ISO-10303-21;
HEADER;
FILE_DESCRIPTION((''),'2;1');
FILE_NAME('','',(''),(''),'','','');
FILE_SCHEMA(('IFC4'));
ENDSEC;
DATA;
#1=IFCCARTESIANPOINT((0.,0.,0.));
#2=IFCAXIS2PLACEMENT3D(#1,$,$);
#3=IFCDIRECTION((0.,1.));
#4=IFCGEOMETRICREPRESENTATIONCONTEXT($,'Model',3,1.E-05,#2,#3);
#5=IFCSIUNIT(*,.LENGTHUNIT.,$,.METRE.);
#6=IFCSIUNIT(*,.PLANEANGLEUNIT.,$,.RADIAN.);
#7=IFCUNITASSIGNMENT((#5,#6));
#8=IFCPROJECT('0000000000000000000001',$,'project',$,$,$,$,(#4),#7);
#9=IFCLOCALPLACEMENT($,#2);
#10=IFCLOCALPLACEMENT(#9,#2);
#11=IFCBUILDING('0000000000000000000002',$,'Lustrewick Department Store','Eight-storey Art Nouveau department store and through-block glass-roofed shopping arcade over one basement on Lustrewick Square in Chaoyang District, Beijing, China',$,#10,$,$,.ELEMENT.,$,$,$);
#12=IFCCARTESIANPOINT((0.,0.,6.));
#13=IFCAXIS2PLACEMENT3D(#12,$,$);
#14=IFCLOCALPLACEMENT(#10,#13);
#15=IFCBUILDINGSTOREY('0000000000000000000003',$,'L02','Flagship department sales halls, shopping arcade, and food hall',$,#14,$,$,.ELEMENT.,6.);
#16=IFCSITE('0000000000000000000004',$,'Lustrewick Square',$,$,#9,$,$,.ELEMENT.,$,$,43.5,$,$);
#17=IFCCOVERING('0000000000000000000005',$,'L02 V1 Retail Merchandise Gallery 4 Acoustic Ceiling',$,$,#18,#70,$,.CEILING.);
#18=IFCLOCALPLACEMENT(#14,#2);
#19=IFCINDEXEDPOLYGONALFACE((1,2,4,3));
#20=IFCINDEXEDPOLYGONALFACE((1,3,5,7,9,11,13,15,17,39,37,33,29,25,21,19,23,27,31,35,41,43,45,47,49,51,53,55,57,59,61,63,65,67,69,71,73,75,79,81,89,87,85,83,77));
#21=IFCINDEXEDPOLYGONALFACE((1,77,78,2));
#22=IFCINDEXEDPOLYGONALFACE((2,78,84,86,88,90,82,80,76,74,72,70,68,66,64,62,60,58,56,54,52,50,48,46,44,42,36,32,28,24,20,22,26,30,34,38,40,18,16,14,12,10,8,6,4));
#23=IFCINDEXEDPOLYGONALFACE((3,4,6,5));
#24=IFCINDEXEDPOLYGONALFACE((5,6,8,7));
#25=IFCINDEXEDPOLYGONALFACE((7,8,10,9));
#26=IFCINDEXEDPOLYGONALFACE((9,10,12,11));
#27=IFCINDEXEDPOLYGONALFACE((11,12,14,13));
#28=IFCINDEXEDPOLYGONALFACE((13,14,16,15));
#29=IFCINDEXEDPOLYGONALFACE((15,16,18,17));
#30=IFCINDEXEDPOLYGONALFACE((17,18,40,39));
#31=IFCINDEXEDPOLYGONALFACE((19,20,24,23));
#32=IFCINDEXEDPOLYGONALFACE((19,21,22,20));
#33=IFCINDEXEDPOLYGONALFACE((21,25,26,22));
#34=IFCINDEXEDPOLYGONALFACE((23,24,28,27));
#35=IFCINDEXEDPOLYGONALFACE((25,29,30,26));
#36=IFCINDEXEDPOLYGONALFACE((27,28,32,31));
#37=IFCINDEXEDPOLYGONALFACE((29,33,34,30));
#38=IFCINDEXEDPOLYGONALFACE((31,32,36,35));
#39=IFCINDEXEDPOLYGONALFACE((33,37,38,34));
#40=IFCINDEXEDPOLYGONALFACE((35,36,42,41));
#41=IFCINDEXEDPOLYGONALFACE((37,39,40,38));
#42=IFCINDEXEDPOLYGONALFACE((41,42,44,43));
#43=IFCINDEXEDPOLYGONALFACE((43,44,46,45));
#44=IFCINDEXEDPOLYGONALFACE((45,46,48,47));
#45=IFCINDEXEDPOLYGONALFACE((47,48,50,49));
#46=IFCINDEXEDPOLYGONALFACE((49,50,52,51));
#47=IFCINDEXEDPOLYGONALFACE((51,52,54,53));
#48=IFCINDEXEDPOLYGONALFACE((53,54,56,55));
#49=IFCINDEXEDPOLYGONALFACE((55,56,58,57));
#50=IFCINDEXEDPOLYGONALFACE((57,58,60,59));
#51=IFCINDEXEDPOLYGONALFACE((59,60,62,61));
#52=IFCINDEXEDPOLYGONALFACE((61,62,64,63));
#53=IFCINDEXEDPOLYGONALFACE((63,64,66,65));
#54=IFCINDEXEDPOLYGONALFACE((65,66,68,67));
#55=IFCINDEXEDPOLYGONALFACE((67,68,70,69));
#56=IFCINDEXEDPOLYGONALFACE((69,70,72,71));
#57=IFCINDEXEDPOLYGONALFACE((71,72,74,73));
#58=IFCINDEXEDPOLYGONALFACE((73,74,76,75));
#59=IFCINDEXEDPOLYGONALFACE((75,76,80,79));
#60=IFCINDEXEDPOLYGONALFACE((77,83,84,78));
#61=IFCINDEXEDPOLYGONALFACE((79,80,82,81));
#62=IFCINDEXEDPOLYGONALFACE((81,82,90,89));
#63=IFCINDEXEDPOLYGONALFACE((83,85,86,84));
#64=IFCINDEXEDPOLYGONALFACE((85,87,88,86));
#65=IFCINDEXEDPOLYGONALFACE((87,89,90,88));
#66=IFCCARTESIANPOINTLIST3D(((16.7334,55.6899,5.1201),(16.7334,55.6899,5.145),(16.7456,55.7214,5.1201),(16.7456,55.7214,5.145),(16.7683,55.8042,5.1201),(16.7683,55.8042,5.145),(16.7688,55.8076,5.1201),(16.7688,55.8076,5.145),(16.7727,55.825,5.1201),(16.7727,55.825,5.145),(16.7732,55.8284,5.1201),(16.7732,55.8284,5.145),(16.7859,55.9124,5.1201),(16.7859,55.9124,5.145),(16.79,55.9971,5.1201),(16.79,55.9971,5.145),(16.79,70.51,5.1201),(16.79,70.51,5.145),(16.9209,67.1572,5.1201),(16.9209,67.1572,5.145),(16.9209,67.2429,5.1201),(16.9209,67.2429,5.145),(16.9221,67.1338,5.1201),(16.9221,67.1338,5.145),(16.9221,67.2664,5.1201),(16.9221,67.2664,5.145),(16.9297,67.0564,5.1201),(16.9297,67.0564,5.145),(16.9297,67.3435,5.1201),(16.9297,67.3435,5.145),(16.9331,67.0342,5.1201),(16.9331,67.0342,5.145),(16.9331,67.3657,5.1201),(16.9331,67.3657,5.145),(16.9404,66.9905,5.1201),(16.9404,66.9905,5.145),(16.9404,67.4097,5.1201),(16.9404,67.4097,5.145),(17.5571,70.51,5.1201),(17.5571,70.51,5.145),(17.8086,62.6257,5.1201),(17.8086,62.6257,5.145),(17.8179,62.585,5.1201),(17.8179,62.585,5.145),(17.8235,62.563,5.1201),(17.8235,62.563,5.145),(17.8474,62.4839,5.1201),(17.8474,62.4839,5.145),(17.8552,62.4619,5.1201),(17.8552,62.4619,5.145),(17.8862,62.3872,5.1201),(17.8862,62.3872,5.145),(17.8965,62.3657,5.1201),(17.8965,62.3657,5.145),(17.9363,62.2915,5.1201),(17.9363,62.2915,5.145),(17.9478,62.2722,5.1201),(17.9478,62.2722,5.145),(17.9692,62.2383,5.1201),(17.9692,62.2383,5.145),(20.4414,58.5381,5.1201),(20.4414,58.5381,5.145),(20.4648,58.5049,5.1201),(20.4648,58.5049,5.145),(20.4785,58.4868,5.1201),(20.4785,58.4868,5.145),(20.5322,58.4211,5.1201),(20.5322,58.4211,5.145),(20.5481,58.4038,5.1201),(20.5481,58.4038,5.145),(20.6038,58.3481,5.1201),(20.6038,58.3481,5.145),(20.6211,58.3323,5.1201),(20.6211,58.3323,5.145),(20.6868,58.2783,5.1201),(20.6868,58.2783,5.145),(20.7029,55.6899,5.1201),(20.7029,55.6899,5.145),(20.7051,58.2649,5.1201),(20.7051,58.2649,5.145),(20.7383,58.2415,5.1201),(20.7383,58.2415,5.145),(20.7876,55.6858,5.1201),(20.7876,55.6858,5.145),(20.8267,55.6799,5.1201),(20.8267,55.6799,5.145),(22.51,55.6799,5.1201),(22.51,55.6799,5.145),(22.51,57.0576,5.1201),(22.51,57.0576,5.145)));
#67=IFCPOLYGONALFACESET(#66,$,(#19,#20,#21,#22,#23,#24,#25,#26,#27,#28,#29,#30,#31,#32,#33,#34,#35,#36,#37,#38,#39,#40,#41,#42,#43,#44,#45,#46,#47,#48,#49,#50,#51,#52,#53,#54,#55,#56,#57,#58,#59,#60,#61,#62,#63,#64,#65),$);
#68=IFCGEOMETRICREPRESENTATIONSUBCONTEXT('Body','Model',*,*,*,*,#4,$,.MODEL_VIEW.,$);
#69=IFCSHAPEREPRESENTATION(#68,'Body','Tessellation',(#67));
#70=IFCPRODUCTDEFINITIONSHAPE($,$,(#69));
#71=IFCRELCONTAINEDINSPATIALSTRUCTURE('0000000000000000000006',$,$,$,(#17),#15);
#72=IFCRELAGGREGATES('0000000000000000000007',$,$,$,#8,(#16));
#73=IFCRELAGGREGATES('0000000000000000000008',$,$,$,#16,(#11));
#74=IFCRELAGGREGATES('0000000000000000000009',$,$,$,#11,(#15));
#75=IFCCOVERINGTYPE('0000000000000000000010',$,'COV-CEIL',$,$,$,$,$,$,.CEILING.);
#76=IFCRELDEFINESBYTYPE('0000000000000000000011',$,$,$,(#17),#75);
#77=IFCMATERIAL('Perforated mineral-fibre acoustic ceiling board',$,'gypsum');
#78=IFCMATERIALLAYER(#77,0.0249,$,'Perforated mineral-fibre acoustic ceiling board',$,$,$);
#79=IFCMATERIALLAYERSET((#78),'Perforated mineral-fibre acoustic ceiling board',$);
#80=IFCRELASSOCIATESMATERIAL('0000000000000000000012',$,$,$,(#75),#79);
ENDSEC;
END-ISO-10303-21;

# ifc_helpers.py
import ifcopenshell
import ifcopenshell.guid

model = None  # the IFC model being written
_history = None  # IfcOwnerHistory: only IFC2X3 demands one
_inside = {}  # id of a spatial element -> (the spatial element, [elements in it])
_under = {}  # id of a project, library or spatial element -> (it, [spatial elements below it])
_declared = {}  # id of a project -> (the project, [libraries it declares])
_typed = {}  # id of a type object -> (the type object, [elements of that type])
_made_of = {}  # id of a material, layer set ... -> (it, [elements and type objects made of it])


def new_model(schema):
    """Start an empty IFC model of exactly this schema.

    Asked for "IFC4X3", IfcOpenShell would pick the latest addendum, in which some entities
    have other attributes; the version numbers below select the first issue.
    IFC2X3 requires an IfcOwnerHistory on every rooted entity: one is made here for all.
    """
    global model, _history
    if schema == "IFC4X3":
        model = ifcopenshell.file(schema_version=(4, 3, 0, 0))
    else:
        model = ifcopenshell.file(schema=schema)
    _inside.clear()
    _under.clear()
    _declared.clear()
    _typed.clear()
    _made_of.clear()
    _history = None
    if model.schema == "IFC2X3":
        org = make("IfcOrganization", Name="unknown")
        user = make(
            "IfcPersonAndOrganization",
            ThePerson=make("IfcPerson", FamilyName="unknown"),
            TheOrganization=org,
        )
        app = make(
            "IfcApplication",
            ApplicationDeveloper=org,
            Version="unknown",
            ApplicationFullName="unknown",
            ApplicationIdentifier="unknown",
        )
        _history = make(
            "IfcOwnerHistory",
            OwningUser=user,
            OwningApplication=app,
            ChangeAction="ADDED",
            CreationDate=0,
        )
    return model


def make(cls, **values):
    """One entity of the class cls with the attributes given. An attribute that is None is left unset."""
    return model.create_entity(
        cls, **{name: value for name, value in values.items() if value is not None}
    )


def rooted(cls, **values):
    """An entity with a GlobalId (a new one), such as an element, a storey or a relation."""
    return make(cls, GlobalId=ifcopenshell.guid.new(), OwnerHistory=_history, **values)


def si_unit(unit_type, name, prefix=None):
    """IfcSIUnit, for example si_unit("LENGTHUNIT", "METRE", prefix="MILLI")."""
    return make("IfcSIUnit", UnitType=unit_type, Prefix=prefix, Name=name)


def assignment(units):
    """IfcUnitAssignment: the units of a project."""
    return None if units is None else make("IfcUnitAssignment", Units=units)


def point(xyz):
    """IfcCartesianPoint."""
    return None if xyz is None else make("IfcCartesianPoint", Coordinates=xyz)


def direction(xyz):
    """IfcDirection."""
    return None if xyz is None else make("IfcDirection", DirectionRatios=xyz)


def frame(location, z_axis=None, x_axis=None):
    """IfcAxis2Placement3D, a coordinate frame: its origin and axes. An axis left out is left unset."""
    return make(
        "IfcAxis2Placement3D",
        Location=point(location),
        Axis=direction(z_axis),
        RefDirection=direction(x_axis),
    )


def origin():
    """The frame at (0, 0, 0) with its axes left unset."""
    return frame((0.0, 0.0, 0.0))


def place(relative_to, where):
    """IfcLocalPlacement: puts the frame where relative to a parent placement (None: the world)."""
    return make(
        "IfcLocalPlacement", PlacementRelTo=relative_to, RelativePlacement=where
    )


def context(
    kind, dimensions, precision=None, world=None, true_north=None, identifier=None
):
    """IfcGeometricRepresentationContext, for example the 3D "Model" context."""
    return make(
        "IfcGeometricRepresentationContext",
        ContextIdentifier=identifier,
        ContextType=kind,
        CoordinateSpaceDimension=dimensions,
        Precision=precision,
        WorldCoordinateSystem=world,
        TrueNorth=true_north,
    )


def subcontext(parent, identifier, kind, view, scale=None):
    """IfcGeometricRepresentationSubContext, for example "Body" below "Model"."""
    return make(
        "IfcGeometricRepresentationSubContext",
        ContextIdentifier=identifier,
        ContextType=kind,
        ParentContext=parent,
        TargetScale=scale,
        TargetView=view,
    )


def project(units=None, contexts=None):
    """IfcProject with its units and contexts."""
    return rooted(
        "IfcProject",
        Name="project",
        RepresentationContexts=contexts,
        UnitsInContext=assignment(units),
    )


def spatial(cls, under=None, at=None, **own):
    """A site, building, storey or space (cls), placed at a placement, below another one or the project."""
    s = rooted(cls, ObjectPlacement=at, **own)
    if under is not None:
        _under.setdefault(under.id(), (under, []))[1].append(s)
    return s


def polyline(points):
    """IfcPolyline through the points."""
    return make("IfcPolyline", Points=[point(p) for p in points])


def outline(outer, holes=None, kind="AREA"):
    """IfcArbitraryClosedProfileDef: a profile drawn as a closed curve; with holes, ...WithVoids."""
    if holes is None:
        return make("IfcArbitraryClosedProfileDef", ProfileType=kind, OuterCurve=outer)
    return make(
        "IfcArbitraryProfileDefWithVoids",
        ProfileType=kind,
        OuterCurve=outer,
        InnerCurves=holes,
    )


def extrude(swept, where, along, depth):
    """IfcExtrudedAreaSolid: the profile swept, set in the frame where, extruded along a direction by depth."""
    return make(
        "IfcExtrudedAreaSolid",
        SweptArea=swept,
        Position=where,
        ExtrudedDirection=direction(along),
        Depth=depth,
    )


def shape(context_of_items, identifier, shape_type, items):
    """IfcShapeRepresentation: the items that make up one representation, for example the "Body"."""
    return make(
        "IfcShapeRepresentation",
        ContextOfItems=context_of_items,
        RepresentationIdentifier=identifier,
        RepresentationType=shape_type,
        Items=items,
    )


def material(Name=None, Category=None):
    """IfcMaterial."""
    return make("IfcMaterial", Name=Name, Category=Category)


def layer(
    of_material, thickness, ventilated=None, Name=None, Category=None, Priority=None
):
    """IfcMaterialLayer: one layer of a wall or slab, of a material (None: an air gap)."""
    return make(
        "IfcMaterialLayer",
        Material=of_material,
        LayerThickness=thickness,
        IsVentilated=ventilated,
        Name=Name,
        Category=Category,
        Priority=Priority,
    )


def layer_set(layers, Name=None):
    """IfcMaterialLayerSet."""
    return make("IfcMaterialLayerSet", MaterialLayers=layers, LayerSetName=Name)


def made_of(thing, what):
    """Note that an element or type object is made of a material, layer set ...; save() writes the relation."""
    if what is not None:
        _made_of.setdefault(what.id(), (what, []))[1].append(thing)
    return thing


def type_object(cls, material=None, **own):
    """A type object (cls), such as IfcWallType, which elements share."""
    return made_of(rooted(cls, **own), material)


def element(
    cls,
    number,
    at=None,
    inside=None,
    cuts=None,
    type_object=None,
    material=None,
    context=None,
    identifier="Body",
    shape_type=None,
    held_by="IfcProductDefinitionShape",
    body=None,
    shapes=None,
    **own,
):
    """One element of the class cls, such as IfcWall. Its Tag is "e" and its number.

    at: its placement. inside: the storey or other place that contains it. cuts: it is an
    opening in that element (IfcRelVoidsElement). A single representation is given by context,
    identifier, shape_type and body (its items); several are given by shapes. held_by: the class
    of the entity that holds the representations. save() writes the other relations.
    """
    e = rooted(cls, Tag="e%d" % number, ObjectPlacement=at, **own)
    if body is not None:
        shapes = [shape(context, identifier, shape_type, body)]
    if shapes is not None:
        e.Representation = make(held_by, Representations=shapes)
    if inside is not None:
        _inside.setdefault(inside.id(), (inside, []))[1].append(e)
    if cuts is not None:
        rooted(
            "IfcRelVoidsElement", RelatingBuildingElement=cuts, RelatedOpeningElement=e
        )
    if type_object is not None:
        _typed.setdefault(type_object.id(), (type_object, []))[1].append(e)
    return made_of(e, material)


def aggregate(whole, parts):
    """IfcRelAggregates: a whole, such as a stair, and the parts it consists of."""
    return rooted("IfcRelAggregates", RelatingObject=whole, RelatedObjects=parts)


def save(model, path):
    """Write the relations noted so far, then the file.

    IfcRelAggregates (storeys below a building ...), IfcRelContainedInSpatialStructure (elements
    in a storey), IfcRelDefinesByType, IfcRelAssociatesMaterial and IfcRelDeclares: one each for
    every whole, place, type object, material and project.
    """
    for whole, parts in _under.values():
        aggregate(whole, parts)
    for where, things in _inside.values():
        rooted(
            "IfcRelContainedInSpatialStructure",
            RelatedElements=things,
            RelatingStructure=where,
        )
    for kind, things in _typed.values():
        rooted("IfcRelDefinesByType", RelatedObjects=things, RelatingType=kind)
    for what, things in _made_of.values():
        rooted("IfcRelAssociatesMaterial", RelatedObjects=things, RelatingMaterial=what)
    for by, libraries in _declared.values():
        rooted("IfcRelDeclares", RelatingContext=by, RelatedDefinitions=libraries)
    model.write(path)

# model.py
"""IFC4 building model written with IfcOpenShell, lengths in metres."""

from ifc_helpers import new_model, si_unit, direction, frame, origin, place, context, subcontext, project, spatial, polyline, outline, extrude, material, layer, layer_set, type_object, element, save


model = new_model("IFC4")

# Units and contexts
model_context = context("Model", 3, precision=1e-05, world=origin(), true_north=direction((0.0, 1.0)))
body_context = subcontext(model_context, "Body", "Model", "MODEL_VIEW")
ifc_project = project(units=[si_unit("LENGTHUNIT", "METRE"), si_unit("PLANEANGLEUNIT", "RADIAN")], contexts=[model_context])

# Site, building, storey
site_placement = place(None, origin())
site = spatial("IfcSite", under=ifc_project, at=site_placement, Name="Lustrewick Square", CompositionType="ELEMENT", RefElevation=43.5)
building_placement = place(site_placement, origin())
building = spatial("IfcBuilding", under=site, at=building_placement, Name="Lustrewick Department Store", Description="Eight-storey Art Nouveau department store and through-block glass-roofed shopping arcade over one basement on Lustrewick Square in Chaoyang District, Beijing, China", CompositionType="ELEMENT")
storey_placement = place(building_placement, frame((0.0, 0.0, 6.0)))
storey = spatial("IfcBuildingStorey", under=building, at=storey_placement, Name="L02", Description="Flagship department sales halls, shopping arcade, and food hall", CompositionType="ELEMENT", Elevation=6.0)

# Covering
ifc_material_1 = material(Name="Perforated mineral-fibre acoustic ceiling board", Category="gypsum")
ifc_layer_1 = layer(ifc_material_1, 0.0249, Name="Perforated mineral-fibre acoustic ceiling board")
ifc_layer_set_1 = layer_set([ifc_layer_1], Name="Perforated mineral-fibre acoustic ceiling board")
covering_type_1 = type_object("IfcCoveringType", Name="COV-CEIL", PredefinedType="CEILING", material=ifc_layer_set_1)
covering_1_placement = place(storey_placement, frame((0.0, 0.0, 5.1201)))
element("IfcCovering", 1, at=covering_1_placement, inside=storey, type_object=covering_type_1, Name="L02 V1 Retail Merchandise Gallery 4 Acoustic Ceiling", PredefinedType="CEILING", context=body_context, shape_type="SweptSolid", body=[
    extrude(outline(polyline([(20.7029, 55.6899), (20.7876, 55.6858), (20.8267, 55.6799), (22.51, 55.6799), (22.51, 57.0576), (20.7383, 58.2415), (20.7051, 58.2649), (20.6868, 58.2783), (20.6211, 58.3323), (20.6038, 58.3481), (20.5481, 58.4038), (20.5322, 58.4211), (20.4785, 58.4868), (20.4648, 58.5049), (20.4414, 58.5381), (17.9692, 62.2383), (17.9478, 62.2722), (17.9363, 62.2915), (17.8965, 62.3657), (17.8862, 62.3872), (17.8552, 62.4619), (17.8474, 62.4839), (17.8235, 62.563), (17.8179, 62.585), (17.8086, 62.6257), (16.9404, 66.9905), (16.9331, 67.0342), (16.9297, 67.0564), (16.9221, 67.1338), (16.9209, 67.1572), (16.9209, 67.2429), (16.9221, 67.2664), (16.9297, 67.3435), (16.9331, 67.3657), (16.9404, 67.4097), (17.5571, 70.51), (16.79, 70.51), (16.79, 55.9971), (16.7859, 55.9124), (16.7732, 55.8284), (16.7727, 55.825), (16.7688, 55.8076), (16.7683, 55.8042), (16.7456, 55.7214), (16.7334, 55.6899), (20.7029, 55.6899)])), origin(), (0.0, 0.0, 1.0), 0.0249),
])

save(model, "model.ifc")
